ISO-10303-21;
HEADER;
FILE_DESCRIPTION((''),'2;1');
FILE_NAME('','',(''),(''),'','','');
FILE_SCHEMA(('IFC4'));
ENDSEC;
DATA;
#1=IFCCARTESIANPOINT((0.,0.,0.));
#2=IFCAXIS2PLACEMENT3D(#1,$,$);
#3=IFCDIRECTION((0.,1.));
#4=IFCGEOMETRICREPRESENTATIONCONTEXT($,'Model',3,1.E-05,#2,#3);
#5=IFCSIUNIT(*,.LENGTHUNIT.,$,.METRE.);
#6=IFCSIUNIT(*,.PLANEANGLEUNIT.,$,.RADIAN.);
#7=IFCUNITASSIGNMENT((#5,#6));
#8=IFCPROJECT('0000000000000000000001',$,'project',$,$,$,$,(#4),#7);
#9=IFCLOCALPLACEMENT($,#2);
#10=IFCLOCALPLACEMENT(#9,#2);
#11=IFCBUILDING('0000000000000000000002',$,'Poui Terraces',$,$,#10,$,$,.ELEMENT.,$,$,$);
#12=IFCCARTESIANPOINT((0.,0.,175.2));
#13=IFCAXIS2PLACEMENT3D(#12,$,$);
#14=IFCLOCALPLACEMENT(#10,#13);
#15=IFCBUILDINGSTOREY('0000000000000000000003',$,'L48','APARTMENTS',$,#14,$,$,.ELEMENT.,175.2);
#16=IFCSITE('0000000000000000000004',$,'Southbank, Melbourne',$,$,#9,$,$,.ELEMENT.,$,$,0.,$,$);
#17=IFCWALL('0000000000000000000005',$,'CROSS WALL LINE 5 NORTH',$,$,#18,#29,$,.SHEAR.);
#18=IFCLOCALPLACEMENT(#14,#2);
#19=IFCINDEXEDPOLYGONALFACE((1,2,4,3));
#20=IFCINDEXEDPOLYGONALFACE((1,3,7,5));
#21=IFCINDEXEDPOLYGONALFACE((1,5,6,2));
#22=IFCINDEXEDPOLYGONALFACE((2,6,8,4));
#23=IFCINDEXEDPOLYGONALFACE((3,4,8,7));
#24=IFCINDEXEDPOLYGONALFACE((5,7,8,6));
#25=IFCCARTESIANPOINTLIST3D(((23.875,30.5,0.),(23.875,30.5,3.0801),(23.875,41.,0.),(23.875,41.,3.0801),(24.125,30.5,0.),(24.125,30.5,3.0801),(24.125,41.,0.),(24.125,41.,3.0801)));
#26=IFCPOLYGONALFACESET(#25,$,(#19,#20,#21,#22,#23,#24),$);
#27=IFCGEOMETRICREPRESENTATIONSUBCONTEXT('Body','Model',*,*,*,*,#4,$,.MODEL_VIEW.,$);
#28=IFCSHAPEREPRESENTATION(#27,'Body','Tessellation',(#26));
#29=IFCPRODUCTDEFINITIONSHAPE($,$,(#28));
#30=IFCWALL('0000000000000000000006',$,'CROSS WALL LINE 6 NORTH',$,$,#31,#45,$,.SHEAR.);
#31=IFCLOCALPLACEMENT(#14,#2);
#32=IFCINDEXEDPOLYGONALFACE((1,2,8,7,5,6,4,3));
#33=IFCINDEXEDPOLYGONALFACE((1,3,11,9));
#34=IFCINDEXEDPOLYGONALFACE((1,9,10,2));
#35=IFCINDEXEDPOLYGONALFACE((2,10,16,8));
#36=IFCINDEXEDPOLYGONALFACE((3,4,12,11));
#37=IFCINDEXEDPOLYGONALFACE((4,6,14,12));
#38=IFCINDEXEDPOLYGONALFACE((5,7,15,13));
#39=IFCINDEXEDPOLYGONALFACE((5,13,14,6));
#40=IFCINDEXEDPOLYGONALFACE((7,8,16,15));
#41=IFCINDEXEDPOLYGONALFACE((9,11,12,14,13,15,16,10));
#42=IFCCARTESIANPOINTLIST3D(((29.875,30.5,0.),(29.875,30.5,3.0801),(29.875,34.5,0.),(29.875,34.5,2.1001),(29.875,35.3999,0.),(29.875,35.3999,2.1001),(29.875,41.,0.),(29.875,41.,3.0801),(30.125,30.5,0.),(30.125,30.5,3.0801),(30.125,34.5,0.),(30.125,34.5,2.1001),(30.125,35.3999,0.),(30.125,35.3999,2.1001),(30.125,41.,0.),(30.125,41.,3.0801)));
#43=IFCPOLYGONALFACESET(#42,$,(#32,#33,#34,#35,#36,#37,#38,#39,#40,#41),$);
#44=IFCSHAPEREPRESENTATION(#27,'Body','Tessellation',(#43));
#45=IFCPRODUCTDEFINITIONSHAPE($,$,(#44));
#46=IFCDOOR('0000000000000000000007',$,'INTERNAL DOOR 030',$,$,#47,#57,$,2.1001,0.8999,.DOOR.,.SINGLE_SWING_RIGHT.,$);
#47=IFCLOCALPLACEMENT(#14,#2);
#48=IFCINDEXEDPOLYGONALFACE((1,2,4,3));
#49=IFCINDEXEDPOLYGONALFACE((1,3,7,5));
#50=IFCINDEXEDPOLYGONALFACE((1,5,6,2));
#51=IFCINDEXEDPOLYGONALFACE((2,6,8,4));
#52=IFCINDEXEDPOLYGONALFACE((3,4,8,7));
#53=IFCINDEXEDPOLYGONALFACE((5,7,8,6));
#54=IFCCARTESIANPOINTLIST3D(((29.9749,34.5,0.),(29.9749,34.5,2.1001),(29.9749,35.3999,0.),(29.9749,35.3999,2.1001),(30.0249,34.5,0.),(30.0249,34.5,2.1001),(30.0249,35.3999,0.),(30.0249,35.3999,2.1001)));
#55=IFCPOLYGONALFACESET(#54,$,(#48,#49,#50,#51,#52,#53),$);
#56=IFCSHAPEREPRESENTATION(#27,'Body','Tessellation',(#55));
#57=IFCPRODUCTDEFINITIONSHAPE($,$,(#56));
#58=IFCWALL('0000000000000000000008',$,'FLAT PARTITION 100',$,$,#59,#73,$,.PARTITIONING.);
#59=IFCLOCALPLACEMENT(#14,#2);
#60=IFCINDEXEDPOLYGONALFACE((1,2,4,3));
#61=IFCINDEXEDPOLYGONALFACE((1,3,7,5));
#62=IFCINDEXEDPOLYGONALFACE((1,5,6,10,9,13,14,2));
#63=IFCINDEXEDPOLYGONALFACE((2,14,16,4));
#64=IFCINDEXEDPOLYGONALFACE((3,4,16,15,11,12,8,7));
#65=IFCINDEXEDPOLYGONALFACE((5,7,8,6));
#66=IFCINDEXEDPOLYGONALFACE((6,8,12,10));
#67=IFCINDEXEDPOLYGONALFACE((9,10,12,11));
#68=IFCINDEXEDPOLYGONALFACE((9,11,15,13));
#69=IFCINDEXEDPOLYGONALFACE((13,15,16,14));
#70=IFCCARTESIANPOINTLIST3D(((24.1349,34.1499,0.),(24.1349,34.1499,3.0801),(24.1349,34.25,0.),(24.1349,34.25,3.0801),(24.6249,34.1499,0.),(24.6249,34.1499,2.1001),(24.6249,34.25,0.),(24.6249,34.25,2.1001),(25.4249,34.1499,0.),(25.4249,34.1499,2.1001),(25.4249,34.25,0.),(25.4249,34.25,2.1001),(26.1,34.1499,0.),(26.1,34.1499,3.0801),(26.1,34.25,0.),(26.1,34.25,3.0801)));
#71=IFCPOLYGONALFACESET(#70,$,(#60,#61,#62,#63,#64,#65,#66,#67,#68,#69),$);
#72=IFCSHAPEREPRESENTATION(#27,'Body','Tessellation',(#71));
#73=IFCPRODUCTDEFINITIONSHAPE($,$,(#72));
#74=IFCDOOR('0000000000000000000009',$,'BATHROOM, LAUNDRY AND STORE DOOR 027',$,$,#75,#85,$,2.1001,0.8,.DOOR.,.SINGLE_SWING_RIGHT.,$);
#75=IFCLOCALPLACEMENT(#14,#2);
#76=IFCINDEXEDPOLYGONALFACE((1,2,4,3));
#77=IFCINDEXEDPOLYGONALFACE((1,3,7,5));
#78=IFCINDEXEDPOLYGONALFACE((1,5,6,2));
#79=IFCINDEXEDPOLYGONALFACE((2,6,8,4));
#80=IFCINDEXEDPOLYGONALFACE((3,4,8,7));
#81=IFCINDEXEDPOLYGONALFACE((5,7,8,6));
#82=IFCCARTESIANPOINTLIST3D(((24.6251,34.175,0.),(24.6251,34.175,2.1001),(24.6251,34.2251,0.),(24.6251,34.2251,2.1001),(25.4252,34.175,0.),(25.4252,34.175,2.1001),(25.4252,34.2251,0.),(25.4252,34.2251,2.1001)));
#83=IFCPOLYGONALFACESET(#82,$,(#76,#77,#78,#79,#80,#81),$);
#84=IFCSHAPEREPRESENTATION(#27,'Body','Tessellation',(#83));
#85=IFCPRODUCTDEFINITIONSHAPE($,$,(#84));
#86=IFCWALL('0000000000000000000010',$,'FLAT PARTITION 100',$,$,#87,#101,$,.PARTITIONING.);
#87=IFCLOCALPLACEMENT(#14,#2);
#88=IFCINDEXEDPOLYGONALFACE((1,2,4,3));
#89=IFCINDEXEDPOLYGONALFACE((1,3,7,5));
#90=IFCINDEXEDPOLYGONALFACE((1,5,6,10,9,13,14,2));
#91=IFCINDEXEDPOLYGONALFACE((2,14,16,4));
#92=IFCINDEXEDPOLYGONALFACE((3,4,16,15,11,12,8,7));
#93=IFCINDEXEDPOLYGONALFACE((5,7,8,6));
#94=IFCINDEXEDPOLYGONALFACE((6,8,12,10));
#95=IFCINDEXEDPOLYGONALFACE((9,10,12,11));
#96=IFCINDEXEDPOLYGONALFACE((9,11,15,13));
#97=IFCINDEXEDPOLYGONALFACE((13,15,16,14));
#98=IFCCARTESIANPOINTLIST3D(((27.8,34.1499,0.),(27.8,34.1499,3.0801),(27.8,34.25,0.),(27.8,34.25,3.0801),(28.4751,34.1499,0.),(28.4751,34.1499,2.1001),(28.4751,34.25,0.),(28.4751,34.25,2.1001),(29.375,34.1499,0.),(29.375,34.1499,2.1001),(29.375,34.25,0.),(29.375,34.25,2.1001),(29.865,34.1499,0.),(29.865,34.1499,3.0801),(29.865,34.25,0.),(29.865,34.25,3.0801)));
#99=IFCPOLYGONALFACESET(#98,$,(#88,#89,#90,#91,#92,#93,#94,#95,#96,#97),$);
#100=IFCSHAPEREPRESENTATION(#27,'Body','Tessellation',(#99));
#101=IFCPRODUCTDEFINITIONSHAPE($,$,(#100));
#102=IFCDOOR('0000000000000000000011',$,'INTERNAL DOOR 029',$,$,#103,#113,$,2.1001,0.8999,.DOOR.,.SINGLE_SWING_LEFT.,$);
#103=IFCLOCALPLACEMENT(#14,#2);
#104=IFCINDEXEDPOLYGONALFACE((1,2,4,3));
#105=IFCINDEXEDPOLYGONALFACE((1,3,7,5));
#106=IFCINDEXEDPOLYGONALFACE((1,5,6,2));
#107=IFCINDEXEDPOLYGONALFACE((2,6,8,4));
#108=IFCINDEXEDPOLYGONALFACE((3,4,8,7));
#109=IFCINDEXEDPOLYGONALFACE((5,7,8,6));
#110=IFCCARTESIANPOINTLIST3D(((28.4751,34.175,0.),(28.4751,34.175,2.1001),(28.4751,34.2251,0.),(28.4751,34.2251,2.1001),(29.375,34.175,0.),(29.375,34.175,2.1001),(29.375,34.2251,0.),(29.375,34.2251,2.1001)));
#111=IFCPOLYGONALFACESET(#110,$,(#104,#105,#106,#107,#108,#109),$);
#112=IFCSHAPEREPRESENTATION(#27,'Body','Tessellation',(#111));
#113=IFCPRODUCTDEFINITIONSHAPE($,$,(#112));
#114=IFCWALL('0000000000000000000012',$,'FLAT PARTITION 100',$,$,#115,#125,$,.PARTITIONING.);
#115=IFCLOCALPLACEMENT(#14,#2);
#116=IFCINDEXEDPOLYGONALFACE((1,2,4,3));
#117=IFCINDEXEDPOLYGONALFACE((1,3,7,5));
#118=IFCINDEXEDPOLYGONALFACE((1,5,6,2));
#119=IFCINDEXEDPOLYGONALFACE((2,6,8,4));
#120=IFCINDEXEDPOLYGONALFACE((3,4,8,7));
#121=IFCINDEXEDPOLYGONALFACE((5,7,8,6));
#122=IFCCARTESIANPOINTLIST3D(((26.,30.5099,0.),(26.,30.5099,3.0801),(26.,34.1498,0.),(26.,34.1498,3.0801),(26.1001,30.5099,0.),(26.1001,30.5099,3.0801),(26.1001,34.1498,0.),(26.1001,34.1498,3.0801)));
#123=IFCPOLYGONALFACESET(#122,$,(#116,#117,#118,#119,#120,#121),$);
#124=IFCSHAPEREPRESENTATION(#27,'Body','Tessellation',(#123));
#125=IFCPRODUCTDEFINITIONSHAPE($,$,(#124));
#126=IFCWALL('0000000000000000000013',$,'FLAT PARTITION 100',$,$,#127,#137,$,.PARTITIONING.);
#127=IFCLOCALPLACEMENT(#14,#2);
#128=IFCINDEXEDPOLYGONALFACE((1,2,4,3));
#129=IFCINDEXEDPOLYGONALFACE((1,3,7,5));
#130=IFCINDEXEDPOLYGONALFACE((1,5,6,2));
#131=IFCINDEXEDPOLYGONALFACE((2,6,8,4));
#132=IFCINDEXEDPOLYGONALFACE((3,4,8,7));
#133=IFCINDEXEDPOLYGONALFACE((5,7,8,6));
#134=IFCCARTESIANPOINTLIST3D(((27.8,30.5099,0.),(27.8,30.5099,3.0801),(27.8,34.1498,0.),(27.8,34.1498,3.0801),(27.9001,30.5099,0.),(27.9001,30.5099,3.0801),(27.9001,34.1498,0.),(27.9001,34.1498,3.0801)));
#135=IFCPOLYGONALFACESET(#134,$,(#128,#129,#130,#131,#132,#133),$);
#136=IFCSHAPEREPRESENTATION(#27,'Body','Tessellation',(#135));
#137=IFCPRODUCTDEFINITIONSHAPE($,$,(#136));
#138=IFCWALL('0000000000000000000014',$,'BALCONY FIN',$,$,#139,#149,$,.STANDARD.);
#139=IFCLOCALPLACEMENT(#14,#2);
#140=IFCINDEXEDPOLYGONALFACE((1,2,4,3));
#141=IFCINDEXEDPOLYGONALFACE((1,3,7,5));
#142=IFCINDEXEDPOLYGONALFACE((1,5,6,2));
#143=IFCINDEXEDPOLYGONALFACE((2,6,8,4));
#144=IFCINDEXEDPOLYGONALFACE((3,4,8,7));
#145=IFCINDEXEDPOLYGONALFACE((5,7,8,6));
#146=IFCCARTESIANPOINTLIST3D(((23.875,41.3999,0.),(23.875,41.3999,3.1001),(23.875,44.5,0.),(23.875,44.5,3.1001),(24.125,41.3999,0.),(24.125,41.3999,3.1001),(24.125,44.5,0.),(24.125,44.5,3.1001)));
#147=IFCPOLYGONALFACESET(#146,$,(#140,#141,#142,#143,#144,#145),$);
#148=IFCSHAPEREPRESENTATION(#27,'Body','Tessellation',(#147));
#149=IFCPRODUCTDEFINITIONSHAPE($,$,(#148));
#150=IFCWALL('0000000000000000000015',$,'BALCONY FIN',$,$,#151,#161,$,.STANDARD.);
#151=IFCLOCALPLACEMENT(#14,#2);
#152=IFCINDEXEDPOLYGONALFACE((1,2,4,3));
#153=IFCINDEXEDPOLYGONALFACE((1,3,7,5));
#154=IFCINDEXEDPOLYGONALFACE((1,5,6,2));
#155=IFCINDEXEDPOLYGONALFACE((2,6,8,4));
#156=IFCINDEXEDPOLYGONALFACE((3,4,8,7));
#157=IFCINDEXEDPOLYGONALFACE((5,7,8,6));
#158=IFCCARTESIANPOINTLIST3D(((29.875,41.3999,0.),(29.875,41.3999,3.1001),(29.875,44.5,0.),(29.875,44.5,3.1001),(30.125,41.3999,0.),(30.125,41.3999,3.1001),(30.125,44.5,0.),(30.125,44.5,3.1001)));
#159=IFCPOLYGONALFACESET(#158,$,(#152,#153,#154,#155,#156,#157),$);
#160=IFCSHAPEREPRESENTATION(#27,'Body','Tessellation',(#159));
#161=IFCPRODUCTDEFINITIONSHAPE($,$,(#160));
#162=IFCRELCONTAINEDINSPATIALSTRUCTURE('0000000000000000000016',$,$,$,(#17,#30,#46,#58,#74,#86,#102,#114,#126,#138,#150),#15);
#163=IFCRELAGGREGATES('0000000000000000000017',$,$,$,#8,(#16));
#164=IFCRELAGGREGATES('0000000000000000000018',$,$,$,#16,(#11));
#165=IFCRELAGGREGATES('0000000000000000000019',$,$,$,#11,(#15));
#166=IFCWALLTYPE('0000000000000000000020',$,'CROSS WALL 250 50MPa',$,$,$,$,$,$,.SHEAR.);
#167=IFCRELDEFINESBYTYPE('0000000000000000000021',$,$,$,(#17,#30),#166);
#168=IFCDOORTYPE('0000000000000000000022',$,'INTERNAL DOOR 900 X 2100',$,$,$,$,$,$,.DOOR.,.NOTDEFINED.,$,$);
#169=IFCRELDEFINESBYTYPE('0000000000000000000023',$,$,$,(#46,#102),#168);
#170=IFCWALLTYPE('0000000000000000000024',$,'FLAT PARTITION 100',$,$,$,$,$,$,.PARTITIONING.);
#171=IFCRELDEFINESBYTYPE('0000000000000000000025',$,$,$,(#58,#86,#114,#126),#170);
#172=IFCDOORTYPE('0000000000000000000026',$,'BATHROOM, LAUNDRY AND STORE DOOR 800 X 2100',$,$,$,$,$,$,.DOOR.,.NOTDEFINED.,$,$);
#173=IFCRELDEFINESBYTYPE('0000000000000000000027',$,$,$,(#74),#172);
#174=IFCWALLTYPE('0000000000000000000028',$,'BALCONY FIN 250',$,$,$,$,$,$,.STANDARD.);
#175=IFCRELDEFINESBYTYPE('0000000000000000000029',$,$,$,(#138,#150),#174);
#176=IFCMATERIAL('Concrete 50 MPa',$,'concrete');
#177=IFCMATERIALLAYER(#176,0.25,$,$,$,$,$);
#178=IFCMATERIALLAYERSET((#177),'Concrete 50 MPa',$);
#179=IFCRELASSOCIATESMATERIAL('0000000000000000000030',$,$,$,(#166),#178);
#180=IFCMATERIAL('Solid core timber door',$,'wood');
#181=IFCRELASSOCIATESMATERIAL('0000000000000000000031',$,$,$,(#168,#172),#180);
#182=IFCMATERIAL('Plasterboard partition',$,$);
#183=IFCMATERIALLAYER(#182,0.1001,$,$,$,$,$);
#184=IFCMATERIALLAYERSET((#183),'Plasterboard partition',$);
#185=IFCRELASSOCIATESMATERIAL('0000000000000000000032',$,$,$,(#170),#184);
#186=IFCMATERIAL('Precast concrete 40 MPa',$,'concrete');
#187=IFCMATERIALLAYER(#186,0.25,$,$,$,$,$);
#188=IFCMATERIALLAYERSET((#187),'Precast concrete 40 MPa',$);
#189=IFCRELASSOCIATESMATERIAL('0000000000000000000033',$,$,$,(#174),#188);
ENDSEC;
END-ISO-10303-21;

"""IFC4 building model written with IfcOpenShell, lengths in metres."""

from ifc_helpers import new_model, si_unit, direction, frame, frame_2d, origin, place, context, subcontext, project, spatial, polyline, rectangle, outline, extrude, source, transform, mapped, material, layer, layer_set, type_object, element, fill, save


model = new_model("IFC4")

# Units and contexts
model_context = context("Model", 3, precision=1e-05, world=origin(), true_north=direction((0.0, 1.0)))
body_context = subcontext(model_context, "Body", "Model", "MODEL_VIEW")
ifc_project = project(units=[si_unit("LENGTHUNIT", "METRE"), si_unit("PLANEANGLEUNIT", "RADIAN")], contexts=[model_context])

# Site, building, storey
site_placement = place(None, origin())
site = spatial("IfcSite", under=ifc_project, at=site_placement, Name="Southbank, Melbourne", CompositionType="ELEMENT", RefElevation=0.0)
building_placement = place(site_placement, origin())
building = spatial("IfcBuilding", under=site, at=building_placement, Name="Poui Terraces", CompositionType="ELEMENT")
storey_placement = place(building_placement, frame((0.0, 0.0, 175.2)))
storey = spatial("IfcBuildingStorey", under=building, at=storey_placement, Name="L48", Description="APARTMENTS", CompositionType="ELEMENT", Elevation=175.2)

# Wall
ifc_material_1 = material(Name="Concrete 50 MPa", Category="concrete")
ifc_layer_1 = layer(ifc_material_1, 0.25)
ifc_layer_set_1 = layer_set([ifc_layer_1], Name="Concrete 50 MPa")
wall_type_1 = type_object("IfcWallType", Name="CROSS WALL 250 50MPa", PredefinedType="SHEAR", material=ifc_layer_set_1)
wall_1_placement = place(storey_placement, frame((24.0, 30.5, 0.0), z_axis=(0.0, 0.0, 1.0), x_axis=(0.0, 1.0, 0.0)))
element("IfcWall", 1, at=wall_1_placement, inside=storey, type_object=wall_type_1, Name="CROSS WALL LINE 5 NORTH", PredefinedType="SHEAR", context=body_context, shape_type="SweptSolid", body=[
    extrude(rectangle(XDim=10.5, YDim=0.25, at=frame_2d((5.25, 0.0))), origin(), (0.0, 0.0, 1.0), 3.0801),
])

# Walls, openings, doors
wall_2_placement = place(storey_placement, frame((30.0, 30.5, 0.0), z_axis=(0.0, 0.0, 1.0), x_axis=(0.0, 1.0, 0.0)))
wall_2 = element("IfcWall", 2, at=wall_2_placement, inside=storey, type_object=wall_type_1, Name="CROSS WALL LINE 6 NORTH", PredefinedType="SHEAR", context=body_context, shape_type="SweptSolid", body=[
    extrude(rectangle(XDim=10.5, YDim=0.25, at=frame_2d((5.25, 0.0))), origin(), (0.0, 0.0, 1.0), 3.0801),
])
opening_1_placement = place(wall_2_placement, frame((4.0, 0.0, 0.0)))
opening_1 = element("IfcOpeningElement", 3, at=opening_1_placement, cuts=wall_2, PredefinedType="OPENING", context=body_context, shape_type="SweptSolid", body=[
    extrude(rectangle(XDim=0.8999, YDim=2.1001, at=frame_2d((0.45, 1.05))), frame((0.0, 0.135, 0.0), z_axis=(0.0, -1.0, 0.0), x_axis=(1.0, 0.0, 0.0)), (0.0, 0.0, 1.0), 0.27),
])
ifc_material_2 = material(Name="Solid core timber door", Category="wood")
door_type_1 = type_object("IfcDoorType", Name="INTERNAL DOOR 900 X 2100", OperationType="NOTDEFINED", PredefinedType="DOOR", material=ifc_material_2)
door_1_placement = place(opening_1_placement, frame((0.8999, 0.0, 0.0), z_axis=(0.0, 0.0, 1.0), x_axis=(-1.0, 0.0, 0.0)))
door_1 = element("IfcDoor", 4, at=door_1_placement, inside=storey, type_object=door_type_1, Name="INTERNAL DOOR 030", OperationType="SINGLE_SWING_RIGHT", OverallHeight=2.1001, OverallWidth=0.8999, PredefinedType="DOOR", context=body_context, shape_type="SweptSolid", body=[
    extrude(rectangle(XDim=0.8999, YDim=2.1001, at=frame_2d((0.45, 1.05))), frame((0.0, 0.0249, 0.0), z_axis=(0.0, -1.0, 0.0), x_axis=(1.0, 0.0, 0.0)), (0.0, 0.0, 1.0), 0.05),
])
fill(opening_1, door_1)
ifc_material_3 = material(Name="Plasterboard partition")
ifc_layer_2 = layer(ifc_material_3, 0.1001)
ifc_layer_set_2 = layer_set([ifc_layer_2], Name="Plasterboard partition")
wall_type_2 = type_object("IfcWallType", Name="FLAT PARTITION 100", PredefinedType="PARTITIONING", material=ifc_layer_set_2)
wall_3_placement = place(storey_placement, frame((24.135, 34.2, 0.0), z_axis=(0.0, 0.0, 1.0), x_axis=(1.0, 0.0, 0.0)))
wall_3 = element("IfcWall", 5, at=wall_3_placement, inside=storey, type_object=wall_type_2, Name="FLAT PARTITION 100", PredefinedType="PARTITIONING", context=body_context, shape_type="SweptSolid", body=[
    extrude(rectangle(XDim=1.9651, YDim=0.1001, at=frame_2d((0.9824, 0.0))), origin(), (0.0, 0.0, 1.0), 3.0801),
])
opening_2_placement = place(wall_3_placement, frame((0.49, 0.0, 0.0)))
opening_2 = element("IfcOpeningElement", 6, at=opening_2_placement, cuts=wall_3, PredefinedType="OPENING", context=body_context, shape_type="SweptSolid", body=[
    extrude(rectangle(XDim=0.8, YDim=2.1001, at=frame_2d((0.3999, 1.05))), frame((0.0, 0.0601, 0.0), z_axis=(0.0, -1.0, 0.0), x_axis=(1.0, 0.0, 0.0)), (0.0, 0.0, 1.0), 0.1201),
])
door_type_2 = type_object("IfcDoorType", Name="BATHROOM, LAUNDRY AND STORE DOOR 800 X 2100", OperationType="NOTDEFINED", PredefinedType="DOOR", material=ifc_material_2)
door_2_placement = place(opening_2_placement, frame((0.8, 0.0, 0.0), z_axis=(0.0, 0.0, 1.0), x_axis=(-1.0, 0.0, 0.0)))
door_2 = element("IfcDoor", 7, at=door_2_placement, inside=storey, type_object=door_type_2, Name="BATHROOM, LAUNDRY AND STORE DOOR 027", OperationType="SINGLE_SWING_RIGHT", OverallHeight=2.1001, OverallWidth=0.8, PredefinedType="DOOR", context=body_context, shape_type="SweptSolid", body=[
    extrude(rectangle(XDim=0.8, YDim=2.1001, at=frame_2d((0.3999, 1.05))), frame((0.0, 0.0249, 0.0), z_axis=(0.0, -1.0, 0.0), x_axis=(1.0, 0.0, 0.0)), (0.0, 0.0, 1.0), 0.05),
])
fill(opening_2, door_2)
wall_4_placement = place(storey_placement, frame((27.8, 34.2, 0.0), z_axis=(0.0, 0.0, 1.0), x_axis=(1.0, 0.0, 0.0)))
wall_4 = element("IfcWall", 8, at=wall_4_placement, inside=storey, type_object=wall_type_2, Name="FLAT PARTITION 100", PredefinedType="PARTITIONING", context=body_context, shape_type="SweptSolid", body=[
    extrude(rectangle(XDim=2.0649, YDim=0.1001, at=frame_2d((1.0325, 0.0))), origin(), (0.0, 0.0, 1.0), 3.0801),
])
opening_3_placement = place(wall_4_placement, frame((0.675, 0.0, 0.0)))
opening_3 = element("IfcOpeningElement", 9, at=opening_3_placement, cuts=wall_4, PredefinedType="OPENING", context=body_context, shape_type="SweptSolid", body=[
    extrude(rectangle(XDim=0.8999, YDim=2.1001, at=frame_2d((0.45, 1.05))), frame((0.0, 0.0601, 0.0), z_axis=(0.0, -1.0, 0.0), x_axis=(1.0, 0.0, 0.0)), (0.0, 0.0, 1.0), 0.1201),
])
door_3_placement = place(opening_3_placement, frame((0.8999, 0.0, 0.0), z_axis=(0.0, 0.0, 1.0), x_axis=(-1.0, 0.0, 0.0)))
door_3 = element("IfcDoor", 10, at=door_3_placement, inside=storey, type_object=door_type_1, Name="INTERNAL DOOR 029", OperationType="SINGLE_SWING_LEFT", OverallHeight=2.1001, OverallWidth=0.8999, PredefinedType="DOOR", context=body_context, shape_type="SweptSolid", body=[
    extrude(rectangle(XDim=0.8999, YDim=2.1001, at=frame_2d((0.45, 1.05))), frame((0.0, 0.0249, 0.0), z_axis=(0.0, -1.0, 0.0), x_axis=(1.0, 0.0, 0.0)), (0.0, 0.0, 1.0), 0.05),
])
fill(opening_3, door_3)

# Walls
for number, where, z_axis, x_axis, name in (
    (11, (26.05, 30.51, 0.0), (0.0, 0.0, 1.0), (0.0, 1.0, 0.0), "FLAT PARTITION 100"),
    (12, (27.8501, 30.51, 0.0), (0.0, 0.0, 1.0), (0.0, 1.0, 0.0), "FLAT PARTITION 100"),
):
    element("IfcWall", number, at=place(storey_placement, frame(where, z_axis=z_axis, x_axis=x_axis)), inside=storey, type_object=wall_type_2, Name=name, PredefinedType="PARTITIONING", context=body_context, shape_type="SweptSolid", body=[
        extrude(rectangle(XDim=3.6399, YDim=0.1001, at=frame_2d((1.8198, 0.0))), origin(), (0.0, 0.0, 1.0), 3.0801),
    ])
ifc_material_4 = material(Name="Precast concrete 40 MPa", Category="concrete")
ifc_layer_3 = layer(ifc_material_4, 0.25)
ifc_layer_set_3 = layer_set([ifc_layer_3], Name="Precast concrete 40 MPa")
wall_type_3 = type_object("IfcWallType", Name="BALCONY FIN 250", PredefinedType="STANDARD", material=ifc_layer_set_3)
shared_shape_1 = source(origin(), body_context, "Body", "SweptSolid", [
    extrude(outline(polyline([(0.0, 0.0), (0.25, 0.0), (0.25, 3.1001), (0.0, 3.1001), (0.0, 0.0)])), origin(), (0.0, 0.0, 1.0), 3.1001),
])
for number, where, name in (
    (13, (23.875, 41.3999, 0.0), "BALCONY FIN"),
    (14, (29.875, 41.3999, 0.0), "BALCONY FIN"),
):
    element("IfcWall", number, at=place(storey_placement, frame(where)), inside=storey, type_object=wall_type_3, Name=name, PredefinedType="STANDARD", context=body_context, shape_type="MappedRepresentation", body=[
        mapped(shared_shape_1, transform((0.0, 0.0, 0.0))),
    ])

save(model, "model.ifc")
